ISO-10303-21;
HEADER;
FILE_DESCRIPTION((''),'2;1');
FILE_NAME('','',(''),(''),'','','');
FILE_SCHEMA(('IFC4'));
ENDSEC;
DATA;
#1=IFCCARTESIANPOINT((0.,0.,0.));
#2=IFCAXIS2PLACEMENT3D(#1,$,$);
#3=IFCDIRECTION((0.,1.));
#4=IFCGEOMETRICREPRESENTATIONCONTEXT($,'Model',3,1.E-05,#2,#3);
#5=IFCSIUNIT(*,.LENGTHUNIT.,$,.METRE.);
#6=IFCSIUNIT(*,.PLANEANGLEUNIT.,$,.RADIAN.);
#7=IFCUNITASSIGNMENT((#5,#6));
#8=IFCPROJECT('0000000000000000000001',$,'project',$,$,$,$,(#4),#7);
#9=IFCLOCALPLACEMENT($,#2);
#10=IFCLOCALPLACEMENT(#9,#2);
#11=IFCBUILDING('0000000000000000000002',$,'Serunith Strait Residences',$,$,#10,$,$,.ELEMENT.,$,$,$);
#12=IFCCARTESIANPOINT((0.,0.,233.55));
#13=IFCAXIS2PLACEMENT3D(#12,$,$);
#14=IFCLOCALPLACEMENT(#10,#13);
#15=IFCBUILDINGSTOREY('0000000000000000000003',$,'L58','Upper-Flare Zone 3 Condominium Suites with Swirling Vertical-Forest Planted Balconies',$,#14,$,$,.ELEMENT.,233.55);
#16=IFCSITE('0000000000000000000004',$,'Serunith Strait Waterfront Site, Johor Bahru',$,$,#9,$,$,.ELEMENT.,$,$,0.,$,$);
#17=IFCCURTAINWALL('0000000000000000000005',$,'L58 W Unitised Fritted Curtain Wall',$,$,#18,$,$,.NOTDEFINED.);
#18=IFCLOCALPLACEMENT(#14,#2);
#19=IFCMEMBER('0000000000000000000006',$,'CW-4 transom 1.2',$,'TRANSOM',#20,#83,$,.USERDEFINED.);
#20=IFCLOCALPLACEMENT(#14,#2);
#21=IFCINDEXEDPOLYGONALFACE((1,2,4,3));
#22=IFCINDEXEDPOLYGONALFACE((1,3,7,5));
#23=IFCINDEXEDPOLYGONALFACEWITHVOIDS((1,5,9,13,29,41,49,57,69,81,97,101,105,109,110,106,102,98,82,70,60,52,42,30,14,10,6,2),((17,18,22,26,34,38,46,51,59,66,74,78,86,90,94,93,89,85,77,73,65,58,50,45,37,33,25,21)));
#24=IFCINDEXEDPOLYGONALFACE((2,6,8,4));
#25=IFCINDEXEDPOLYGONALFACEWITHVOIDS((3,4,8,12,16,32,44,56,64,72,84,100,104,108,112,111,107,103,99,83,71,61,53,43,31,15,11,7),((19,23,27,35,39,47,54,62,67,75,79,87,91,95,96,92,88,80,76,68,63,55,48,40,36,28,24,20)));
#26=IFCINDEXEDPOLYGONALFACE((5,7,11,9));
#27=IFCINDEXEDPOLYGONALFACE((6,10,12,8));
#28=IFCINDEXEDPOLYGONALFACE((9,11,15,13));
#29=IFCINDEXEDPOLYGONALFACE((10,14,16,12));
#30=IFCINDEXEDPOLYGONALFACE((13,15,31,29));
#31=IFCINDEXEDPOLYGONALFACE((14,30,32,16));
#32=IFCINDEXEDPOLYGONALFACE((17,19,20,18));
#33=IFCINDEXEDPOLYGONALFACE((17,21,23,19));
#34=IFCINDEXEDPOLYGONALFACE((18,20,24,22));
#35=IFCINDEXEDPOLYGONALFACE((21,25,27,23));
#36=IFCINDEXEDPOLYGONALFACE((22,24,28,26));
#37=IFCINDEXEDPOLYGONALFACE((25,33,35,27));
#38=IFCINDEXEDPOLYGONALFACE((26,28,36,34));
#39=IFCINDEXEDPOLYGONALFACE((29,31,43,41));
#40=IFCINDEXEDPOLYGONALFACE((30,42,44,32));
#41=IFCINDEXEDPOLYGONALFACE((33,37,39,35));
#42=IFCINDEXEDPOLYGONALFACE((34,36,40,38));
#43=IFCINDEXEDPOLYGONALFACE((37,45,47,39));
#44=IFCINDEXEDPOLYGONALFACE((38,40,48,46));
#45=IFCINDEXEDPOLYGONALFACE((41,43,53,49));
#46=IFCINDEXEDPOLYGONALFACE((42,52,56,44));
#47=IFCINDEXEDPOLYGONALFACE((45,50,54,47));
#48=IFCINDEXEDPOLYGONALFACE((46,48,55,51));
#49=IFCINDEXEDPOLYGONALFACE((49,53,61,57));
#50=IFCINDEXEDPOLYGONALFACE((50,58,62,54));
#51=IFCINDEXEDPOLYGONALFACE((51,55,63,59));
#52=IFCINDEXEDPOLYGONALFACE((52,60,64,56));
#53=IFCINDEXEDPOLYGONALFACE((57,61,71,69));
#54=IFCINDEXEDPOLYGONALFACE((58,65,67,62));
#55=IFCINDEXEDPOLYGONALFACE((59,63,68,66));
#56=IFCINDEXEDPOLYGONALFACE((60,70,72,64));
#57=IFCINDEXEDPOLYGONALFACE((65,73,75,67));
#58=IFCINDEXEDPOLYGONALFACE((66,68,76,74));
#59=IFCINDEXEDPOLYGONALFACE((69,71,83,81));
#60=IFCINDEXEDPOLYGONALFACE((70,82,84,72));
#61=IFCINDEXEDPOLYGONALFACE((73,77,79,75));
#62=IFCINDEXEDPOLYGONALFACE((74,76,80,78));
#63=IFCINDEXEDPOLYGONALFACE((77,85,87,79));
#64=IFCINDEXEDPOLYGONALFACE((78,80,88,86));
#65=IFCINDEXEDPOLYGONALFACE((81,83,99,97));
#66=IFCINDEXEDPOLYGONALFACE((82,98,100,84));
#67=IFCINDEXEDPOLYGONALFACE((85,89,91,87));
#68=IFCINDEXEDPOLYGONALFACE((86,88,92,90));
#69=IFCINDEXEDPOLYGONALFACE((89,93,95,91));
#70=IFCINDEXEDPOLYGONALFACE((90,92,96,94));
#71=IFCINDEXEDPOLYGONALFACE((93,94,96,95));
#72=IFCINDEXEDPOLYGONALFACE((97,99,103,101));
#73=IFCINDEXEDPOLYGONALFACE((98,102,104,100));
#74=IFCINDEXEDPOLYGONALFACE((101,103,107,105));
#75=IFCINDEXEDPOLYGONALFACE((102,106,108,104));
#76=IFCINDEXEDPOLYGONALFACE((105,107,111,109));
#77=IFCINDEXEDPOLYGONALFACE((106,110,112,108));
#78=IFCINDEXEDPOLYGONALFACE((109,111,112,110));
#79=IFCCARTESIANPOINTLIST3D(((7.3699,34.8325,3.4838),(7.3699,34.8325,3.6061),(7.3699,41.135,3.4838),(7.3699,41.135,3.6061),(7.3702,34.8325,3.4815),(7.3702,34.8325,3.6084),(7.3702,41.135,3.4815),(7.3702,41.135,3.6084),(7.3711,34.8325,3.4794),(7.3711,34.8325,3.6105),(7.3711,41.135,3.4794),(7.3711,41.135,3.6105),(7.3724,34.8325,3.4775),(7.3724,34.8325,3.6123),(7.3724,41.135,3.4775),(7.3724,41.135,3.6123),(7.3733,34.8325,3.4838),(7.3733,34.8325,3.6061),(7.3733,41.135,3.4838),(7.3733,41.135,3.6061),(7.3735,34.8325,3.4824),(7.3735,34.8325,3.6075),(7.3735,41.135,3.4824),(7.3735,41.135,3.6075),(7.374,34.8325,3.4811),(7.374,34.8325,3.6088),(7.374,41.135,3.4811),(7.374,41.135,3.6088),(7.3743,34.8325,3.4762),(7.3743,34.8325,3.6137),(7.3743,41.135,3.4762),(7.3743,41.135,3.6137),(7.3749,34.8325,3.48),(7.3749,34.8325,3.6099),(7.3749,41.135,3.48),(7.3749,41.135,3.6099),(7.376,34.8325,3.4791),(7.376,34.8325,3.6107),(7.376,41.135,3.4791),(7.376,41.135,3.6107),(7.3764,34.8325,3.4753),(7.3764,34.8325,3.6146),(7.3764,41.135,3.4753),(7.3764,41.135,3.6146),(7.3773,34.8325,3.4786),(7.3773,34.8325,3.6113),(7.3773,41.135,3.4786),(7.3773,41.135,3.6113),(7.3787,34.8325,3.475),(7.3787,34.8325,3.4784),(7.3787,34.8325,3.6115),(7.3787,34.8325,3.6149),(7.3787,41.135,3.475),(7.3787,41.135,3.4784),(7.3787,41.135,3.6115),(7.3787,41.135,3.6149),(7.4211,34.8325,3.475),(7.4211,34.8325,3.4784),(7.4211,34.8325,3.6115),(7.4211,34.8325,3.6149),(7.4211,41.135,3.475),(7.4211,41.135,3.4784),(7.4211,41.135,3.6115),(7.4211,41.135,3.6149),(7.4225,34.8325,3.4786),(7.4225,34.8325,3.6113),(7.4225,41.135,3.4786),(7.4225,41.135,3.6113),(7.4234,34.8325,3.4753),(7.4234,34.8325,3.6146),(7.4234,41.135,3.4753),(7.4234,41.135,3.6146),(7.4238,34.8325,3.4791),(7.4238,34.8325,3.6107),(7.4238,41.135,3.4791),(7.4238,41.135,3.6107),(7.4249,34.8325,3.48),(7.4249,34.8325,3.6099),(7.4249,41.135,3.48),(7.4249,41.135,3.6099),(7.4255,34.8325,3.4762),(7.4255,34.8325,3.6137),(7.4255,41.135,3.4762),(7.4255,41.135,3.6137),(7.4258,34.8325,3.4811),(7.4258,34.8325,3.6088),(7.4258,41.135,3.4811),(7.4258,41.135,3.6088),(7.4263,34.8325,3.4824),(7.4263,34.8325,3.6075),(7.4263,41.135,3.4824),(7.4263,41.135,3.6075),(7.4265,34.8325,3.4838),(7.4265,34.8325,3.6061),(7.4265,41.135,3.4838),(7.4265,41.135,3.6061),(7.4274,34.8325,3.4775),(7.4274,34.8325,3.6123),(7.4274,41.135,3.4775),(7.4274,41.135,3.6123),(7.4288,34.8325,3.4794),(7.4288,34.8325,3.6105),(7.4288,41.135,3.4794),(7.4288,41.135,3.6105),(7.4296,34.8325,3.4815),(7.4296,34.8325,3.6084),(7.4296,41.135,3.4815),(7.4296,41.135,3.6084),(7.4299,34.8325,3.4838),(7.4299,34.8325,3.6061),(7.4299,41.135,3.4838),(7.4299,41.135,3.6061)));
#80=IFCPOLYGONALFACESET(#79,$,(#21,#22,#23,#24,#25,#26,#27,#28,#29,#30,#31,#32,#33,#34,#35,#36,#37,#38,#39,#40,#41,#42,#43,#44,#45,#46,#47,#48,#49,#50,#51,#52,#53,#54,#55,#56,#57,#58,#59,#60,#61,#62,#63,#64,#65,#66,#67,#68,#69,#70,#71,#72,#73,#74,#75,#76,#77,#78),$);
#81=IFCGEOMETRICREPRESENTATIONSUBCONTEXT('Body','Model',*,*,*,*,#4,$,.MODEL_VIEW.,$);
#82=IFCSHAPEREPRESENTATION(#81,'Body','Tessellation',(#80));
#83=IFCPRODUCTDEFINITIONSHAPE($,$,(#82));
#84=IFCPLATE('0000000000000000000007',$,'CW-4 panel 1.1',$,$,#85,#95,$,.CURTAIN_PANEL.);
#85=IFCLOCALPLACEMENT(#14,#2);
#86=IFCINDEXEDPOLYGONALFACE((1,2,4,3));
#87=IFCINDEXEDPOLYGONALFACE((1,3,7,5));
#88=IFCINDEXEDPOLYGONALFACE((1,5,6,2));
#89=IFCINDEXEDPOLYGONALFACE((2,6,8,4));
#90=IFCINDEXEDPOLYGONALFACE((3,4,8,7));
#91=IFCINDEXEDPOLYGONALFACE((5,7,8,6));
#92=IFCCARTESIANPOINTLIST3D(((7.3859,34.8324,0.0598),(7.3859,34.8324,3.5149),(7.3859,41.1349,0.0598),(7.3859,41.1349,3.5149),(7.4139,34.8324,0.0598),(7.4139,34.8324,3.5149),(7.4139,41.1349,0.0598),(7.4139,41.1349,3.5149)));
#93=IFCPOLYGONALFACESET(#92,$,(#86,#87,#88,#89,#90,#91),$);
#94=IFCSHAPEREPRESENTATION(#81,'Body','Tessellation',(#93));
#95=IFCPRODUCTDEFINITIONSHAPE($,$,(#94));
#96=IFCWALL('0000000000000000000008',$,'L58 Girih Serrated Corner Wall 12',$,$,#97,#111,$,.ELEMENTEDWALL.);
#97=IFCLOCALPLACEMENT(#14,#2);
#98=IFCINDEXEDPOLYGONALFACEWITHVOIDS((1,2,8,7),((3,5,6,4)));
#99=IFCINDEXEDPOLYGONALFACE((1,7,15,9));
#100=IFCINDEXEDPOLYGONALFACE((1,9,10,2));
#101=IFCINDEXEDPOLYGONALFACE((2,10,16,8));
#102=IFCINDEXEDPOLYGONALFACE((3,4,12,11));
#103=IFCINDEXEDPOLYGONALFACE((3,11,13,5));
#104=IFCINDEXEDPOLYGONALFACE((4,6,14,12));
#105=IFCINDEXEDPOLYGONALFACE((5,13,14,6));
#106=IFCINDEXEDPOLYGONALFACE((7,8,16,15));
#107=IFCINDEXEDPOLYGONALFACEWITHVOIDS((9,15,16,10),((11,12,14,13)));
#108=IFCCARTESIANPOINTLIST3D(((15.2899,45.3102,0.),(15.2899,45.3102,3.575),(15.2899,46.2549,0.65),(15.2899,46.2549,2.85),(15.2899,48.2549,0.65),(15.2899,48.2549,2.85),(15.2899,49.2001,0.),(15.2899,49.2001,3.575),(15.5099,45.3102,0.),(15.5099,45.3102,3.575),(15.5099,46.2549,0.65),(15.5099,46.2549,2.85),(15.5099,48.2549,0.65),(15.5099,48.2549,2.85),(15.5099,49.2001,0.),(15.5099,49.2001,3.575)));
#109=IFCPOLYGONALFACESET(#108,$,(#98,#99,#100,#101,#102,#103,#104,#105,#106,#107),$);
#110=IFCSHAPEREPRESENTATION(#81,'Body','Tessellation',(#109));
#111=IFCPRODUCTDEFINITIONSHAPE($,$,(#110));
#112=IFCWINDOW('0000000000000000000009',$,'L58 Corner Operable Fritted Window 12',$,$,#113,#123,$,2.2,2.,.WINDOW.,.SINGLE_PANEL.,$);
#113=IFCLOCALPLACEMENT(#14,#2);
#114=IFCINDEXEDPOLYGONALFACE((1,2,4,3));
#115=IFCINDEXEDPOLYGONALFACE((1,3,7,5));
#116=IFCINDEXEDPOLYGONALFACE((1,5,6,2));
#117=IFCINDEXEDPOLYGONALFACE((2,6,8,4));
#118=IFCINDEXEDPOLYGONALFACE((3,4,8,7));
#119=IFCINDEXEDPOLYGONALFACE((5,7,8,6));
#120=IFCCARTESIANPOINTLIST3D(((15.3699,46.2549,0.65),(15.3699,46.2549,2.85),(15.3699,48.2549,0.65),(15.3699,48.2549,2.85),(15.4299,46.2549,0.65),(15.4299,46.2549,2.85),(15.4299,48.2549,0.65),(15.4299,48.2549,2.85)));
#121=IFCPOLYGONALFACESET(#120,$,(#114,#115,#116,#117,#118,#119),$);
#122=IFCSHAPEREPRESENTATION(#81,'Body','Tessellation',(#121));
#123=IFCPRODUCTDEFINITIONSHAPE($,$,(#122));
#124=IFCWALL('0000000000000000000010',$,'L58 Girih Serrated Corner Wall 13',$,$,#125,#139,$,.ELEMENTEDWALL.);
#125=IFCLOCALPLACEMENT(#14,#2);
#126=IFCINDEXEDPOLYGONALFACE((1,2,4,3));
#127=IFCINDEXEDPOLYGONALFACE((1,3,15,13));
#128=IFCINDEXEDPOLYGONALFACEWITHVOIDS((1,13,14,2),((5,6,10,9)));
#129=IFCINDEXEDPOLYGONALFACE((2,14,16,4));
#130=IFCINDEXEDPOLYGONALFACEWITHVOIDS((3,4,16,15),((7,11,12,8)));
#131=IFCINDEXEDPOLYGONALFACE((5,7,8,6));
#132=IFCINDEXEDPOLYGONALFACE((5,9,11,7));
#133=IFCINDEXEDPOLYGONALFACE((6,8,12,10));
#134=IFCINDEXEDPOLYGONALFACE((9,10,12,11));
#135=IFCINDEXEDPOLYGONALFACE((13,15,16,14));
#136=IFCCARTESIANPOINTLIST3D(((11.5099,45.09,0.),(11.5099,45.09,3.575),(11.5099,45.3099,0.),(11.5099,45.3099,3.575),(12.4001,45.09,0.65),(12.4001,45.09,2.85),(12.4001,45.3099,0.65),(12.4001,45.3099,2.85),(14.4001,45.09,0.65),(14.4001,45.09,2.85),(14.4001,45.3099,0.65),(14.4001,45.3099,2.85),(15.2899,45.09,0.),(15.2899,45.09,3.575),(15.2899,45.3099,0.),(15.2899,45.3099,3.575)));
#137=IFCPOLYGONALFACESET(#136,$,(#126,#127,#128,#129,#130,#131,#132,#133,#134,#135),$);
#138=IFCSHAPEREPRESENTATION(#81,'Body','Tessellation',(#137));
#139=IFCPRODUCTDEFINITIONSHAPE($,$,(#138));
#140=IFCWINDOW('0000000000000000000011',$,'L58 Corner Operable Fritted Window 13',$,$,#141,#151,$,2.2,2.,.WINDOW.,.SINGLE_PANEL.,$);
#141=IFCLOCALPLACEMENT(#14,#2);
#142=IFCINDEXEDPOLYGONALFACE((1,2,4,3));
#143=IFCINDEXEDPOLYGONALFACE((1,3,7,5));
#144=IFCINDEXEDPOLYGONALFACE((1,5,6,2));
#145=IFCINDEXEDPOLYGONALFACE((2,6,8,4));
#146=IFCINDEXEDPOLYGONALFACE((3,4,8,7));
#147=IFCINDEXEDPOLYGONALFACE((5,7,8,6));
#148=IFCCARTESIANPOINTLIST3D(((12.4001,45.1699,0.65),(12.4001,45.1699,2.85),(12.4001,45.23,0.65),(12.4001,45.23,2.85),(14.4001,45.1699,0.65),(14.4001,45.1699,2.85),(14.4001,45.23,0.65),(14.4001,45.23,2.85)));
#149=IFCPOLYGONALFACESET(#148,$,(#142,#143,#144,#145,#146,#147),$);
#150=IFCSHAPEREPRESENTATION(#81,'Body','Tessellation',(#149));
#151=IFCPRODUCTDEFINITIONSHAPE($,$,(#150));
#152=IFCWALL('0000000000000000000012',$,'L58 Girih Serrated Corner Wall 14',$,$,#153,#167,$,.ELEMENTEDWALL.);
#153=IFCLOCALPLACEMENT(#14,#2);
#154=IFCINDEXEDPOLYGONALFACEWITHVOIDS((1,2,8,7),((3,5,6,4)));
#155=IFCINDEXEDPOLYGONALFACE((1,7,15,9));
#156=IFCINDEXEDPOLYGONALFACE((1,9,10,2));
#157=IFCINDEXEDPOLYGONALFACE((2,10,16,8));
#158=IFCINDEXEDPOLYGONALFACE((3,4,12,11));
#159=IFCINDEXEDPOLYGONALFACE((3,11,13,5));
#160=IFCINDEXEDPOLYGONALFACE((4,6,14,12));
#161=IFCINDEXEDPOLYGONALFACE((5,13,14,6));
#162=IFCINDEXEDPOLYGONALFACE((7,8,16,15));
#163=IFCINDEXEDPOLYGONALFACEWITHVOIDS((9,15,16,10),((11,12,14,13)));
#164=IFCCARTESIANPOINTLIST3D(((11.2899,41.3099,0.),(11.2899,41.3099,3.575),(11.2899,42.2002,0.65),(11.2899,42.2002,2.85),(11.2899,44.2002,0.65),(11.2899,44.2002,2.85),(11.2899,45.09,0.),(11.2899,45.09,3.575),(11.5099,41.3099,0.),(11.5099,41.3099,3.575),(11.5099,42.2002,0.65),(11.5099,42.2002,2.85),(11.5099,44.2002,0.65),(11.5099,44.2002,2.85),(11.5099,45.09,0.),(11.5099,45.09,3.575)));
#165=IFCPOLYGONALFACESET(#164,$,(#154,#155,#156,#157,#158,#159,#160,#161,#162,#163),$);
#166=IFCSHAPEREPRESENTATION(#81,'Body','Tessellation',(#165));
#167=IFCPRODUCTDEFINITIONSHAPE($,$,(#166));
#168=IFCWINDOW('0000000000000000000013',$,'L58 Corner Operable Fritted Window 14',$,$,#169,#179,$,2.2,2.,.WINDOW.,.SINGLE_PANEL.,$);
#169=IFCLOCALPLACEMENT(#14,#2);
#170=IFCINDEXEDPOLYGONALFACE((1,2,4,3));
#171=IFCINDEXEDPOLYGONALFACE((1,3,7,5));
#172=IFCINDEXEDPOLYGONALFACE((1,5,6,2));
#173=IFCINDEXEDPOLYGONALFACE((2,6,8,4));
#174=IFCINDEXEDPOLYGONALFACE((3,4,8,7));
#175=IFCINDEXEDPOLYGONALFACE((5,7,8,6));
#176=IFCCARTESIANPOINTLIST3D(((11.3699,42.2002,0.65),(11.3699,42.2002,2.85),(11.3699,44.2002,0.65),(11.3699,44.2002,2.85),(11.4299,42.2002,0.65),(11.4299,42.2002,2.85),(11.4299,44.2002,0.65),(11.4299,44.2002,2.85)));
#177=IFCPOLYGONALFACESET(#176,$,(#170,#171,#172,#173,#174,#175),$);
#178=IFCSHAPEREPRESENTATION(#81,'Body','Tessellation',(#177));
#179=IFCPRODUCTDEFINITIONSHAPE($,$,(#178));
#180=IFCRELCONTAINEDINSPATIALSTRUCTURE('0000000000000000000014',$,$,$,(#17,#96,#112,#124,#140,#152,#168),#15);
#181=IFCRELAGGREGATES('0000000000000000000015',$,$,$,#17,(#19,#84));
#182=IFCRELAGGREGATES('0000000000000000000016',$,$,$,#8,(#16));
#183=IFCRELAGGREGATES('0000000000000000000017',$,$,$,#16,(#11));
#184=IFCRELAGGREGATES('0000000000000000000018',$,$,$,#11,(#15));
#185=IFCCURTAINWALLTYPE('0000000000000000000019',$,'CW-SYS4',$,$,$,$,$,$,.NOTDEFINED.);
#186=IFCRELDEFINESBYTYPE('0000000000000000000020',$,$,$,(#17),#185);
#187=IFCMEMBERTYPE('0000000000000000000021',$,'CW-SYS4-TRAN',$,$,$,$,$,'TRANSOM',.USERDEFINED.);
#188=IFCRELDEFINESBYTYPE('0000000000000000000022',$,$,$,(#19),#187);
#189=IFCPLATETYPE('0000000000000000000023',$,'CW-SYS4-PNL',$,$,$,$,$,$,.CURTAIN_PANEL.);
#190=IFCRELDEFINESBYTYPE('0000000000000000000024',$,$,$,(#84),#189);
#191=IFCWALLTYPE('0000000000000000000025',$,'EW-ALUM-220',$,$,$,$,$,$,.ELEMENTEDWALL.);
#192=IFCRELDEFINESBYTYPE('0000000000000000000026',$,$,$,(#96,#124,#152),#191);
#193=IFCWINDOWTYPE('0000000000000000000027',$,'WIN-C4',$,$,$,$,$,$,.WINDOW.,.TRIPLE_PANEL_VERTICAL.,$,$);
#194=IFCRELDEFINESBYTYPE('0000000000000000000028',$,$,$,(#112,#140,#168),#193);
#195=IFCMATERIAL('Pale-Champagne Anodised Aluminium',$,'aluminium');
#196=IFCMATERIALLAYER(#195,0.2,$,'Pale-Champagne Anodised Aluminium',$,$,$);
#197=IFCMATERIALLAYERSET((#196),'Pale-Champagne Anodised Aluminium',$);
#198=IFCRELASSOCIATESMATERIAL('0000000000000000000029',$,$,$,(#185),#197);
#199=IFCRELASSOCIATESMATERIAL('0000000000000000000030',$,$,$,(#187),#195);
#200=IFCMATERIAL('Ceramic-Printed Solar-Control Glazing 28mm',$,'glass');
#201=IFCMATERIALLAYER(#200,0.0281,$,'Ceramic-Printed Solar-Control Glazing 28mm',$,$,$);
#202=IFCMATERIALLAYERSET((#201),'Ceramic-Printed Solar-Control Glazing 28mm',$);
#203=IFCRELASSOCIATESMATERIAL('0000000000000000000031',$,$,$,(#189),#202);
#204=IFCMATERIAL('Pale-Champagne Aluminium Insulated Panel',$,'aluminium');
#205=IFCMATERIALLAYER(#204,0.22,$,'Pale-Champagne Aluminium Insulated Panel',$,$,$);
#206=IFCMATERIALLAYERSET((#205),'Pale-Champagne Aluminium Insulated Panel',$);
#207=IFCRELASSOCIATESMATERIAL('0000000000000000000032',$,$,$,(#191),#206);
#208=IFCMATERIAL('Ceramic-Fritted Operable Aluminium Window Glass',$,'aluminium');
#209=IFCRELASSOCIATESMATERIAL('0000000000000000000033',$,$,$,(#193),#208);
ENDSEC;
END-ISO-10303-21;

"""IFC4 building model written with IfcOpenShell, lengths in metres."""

from ifc_helpers import new_model, si_unit, direction, frame, frame_2d, origin, origin_2d, place, context, subcontext, project, spatial, rectangle, hollow_rectangle, extrude, source, transform, mapped, material, layer, layer_set, material_profile, profile_set, type_object, element, fill, aggregate, save


model = new_model("IFC4")

# Units and contexts
model_context = context("Model", 3, precision=1e-05, world=origin(), true_north=direction((0.0, 1.0)))
body_context = subcontext(model_context, "Body", "Model", "MODEL_VIEW")
ifc_project = project(units=[si_unit("LENGTHUNIT", "METRE"), si_unit("PLANEANGLEUNIT", "RADIAN")], contexts=[model_context])

# Site, building, storey
site_placement = place(None, origin())
site = spatial("IfcSite", under=ifc_project, at=site_placement, Name="Serunith Strait Waterfront Site, Johor Bahru", CompositionType="ELEMENT", RefElevation=0.0)
building_placement = place(site_placement, origin())
building = spatial("IfcBuilding", under=site, at=building_placement, Name="Serunith Strait Residences", CompositionType="ELEMENT")
storey_placement = place(building_placement, frame((0.0, 0.0, 233.55)))
storey = spatial("IfcBuildingStorey", under=building, at=storey_placement, Name="L58", Description="Upper-Flare Zone 3 Condominium Suites with Swirling Vertical-Forest Planted Balconies", CompositionType="ELEMENT", Elevation=233.55)

# Shared definitions
ifc_material_1 = material(Name="Pale-Champagne Anodised Aluminium", Category="aluminium")
ifc_layer_1 = layer(ifc_material_1, 0.2, Name="Pale-Champagne Anodised Aluminium")
ifc_layer_set_1 = layer_set([ifc_layer_1], Name="Pale-Champagne Anodised Aluminium")
curtain_wall_type = type_object("IfcCurtainWallType", Name="CW-SYS4", PredefinedType="NOTDEFINED", material=ifc_layer_set_1)

# Curtain wall, member, plate
curtain_wall_1_placement = place(storey_placement, origin())
curtain_wall_1 = element("IfcCurtainWall", 1, at=curtain_wall_1_placement, inside=storey, type_object=curtain_wall_type, Name="L58 W Unitised Fritted Curtain Wall", PredefinedType="NOTDEFINED")
ifc_material_profile_1 = material_profile(ifc_material_1, hollow_rectangle(XDim=0.0601, YDim=0.1399, WallThickness=0.0034, InnerFilletRadius=0.0054, OuterFilletRadius=0.0088, at=origin_2d()), Name="ALU 140x60x3.5")
ifc_profile_set_1 = profile_set([ifc_material_profile_1], Name="Pale-Champagne Anodised Aluminium")
member_type_1 = type_object("IfcMemberType", Name="CW-SYS4-TRAN", ElementType="TRANSOM", PredefinedType="USERDEFINED", material=ifc_profile_set_1)
shared_shape_1 = source(origin(), body_context, "Body", "SweptSolid", [
    extrude(hollow_rectangle(XDim=0.0601, YDim=0.1399, WallThickness=0.0034, InnerFilletRadius=0.0054, OuterFilletRadius=0.0088, at=origin_2d()), origin(), (0.0, 0.0, 1.0), 6.3025),
])
member_1_placement = place(storey_placement, frame((7.3999, 41.135, 3.5449), z_axis=(0.0, -1.0, 0.0), x_axis=(1.0, 0.0, 0.0)))
member_1 = element("IfcMember", 2, at=member_1_placement, type_object=member_type_1, Name="CW-4 transom 1.2", ObjectType="TRANSOM", PredefinedType="USERDEFINED", context=body_context, shape_type="MappedRepresentation", body=[
    mapped(shared_shape_1, transform((0.0, 0.0, 0.0), scale=1.0)),
])
ifc_material_2 = material(Name="Ceramic-Printed Solar-Control Glazing 28mm", Category="glass")
ifc_layer_2 = layer(ifc_material_2, 0.0281, Name="Ceramic-Printed Solar-Control Glazing 28mm")
ifc_layer_set_2 = layer_set([ifc_layer_2], Name="Ceramic-Printed Solar-Control Glazing 28mm")
plate_type = type_object("IfcPlateType", Name="CW-SYS4-PNL", PredefinedType="CURTAIN_PANEL", material=ifc_layer_set_2)
shared_shape_2 = source(origin(), body_context, "Body", "SweptSolid", [
    extrude(rectangle(XDim=6.3025, YDim=0.0281, at=origin_2d()), origin(), (0.0, 0.0, 1.0), 3.4551),
])
plate_placement = place(storey_placement, frame((7.3999, 37.9836, 0.0598), z_axis=(0.0, 0.0, 1.0), x_axis=(0.0, -1.0, 0.0)))
plate = element("IfcPlate", 3, at=plate_placement, type_object=plate_type, Name="CW-4 panel 1.1", PredefinedType="CURTAIN_PANEL", context=body_context, shape_type="MappedRepresentation", body=[
    mapped(shared_shape_2, transform((0.0, 0.0, 0.0), scale=1.0)),
])
aggregate(curtain_wall_1, [member_1, plate])

# Walls, openings, windows
ifc_material_3 = material(Name="Pale-Champagne Aluminium Insulated Panel", Category="aluminium")
ifc_layer_3 = layer(ifc_material_3, 0.22, Name="Pale-Champagne Aluminium Insulated Panel")
ifc_layer_set_3 = layer_set([ifc_layer_3], Name="Pale-Champagne Aluminium Insulated Panel")
wall_type_1 = type_object("IfcWallType", Name="EW-ALUM-220", PredefinedType="ELEMENTEDWALL", material=ifc_layer_set_3)
wall_1_placement = place(storey_placement, frame((15.3999, 49.2, 0.0), z_axis=(0.0, 0.0, 1.0), x_axis=(0.0, -1.0, 0.0)))
wall_1 = element("IfcWall", 4, at=wall_1_placement, inside=storey, type_object=wall_type_1, Name="L58 Girih Serrated Corner Wall 12", PredefinedType="ELEMENTEDWALL", context=body_context, shape_type="SweptSolid", body=[
    extrude(rectangle(XDim=3.8899, YDim=0.22, at=frame_2d((1.9448, 0.0))), origin(), (0.0, 0.0, 1.0), 3.575),
])
opening_1_placement = place(wall_1_placement, frame((0.9451, 0.0, 0.6499)))
opening_1 = element("IfcOpeningElement", 5, at=opening_1_placement, cuts=wall_1, PredefinedType="OPENING", context=body_context, shape_type="SweptSolid", body=[
    extrude(rectangle(XDim=2.0, YDim=2.2, at=frame_2d((1.0, 1.1001))), frame((0.0, 0.1201, 0.0), z_axis=(0.0, -1.0, 0.0), x_axis=(1.0, 0.0, 0.0)), (0.0, 0.0, 1.0), 0.24),
])
ifc_material_4 = material(Name="Ceramic-Fritted Operable Aluminium Window Glass", Category="aluminium")
window_type = type_object("IfcWindowType", Name="WIN-C4", PartitioningType="TRIPLE_PANEL_VERTICAL", PredefinedType="WINDOW", material=ifc_material_4)
shared_shape_3 = source(origin(), body_context, "Body", "SweptSolid", [
    extrude(rectangle(XDim=2.0, YDim=2.2, at=frame_2d((1.0, 1.1001))), frame((0.0, 0.03, 0.0), z_axis=(0.0, -1.0, 0.0), x_axis=(1.0, 0.0, 0.0)), (0.0, 0.0, 1.0), 0.0601),
])
window_1_placement = place(opening_1_placement, origin())
window_1 = element("IfcWindow", 6, at=window_1_placement, inside=storey, type_object=window_type, Name="L58 Corner Operable Fritted Window 12", OverallHeight=2.2, OverallWidth=2.0, PartitioningType="SINGLE_PANEL", PredefinedType="WINDOW", context=body_context, shape_type="MappedRepresentation", body=[
    mapped(shared_shape_3, transform((0.0, 0.0, 0.0), scale=1.0)),
])
fill(opening_1, window_1)
wall_2_placement = place(storey_placement, frame((15.29, 45.2, 0.0), z_axis=(0.0, 0.0, 1.0), x_axis=(-1.0, 0.0, 0.0)))
wall_2 = element("IfcWall", 7, at=wall_2_placement, inside=storey, type_object=wall_type_1, Name="L58 Girih Serrated Corner Wall 13", PredefinedType="ELEMENTEDWALL", context=body_context, shape_type="SweptSolid", body=[
    extrude(rectangle(XDim=3.78, YDim=0.22, at=frame_2d((1.8901, 0.0))), origin(), (0.0, 0.0, 1.0), 3.575),
])
opening_2_placement = place(wall_2_placement, frame((0.8899, 0.0, 0.6499)))
opening_2 = element("IfcOpeningElement", 8, at=opening_2_placement, cuts=wall_2, PredefinedType="OPENING", context=body_context, shape_type="SweptSolid", body=[
    extrude(rectangle(XDim=2.0, YDim=2.2, at=frame_2d((1.0, 1.1001))), frame((0.0, 0.1201, 0.0), z_axis=(0.0, -1.0, 0.0), x_axis=(1.0, 0.0, 0.0)), (0.0, 0.0, 1.0), 0.24),
])
window_2_placement = place(opening_2_placement, origin())
window_2 = element("IfcWindow", 9, at=window_2_placement, inside=storey, type_object=window_type, Name="L58 Corner Operable Fritted Window 13", OverallHeight=2.2, OverallWidth=2.0, PartitioningType="SINGLE_PANEL", PredefinedType="WINDOW", context=body_context, shape_type="MappedRepresentation", body=[
    mapped(shared_shape_3, transform((0.0, 0.0, 0.0), scale=1.0)),
])
fill(opening_2, window_2)
wall_3_placement = place(storey_placement, frame((11.3999, 45.0901, 0.0), z_axis=(0.0, 0.0, 1.0), x_axis=(0.0, -1.0, 0.0)))
wall_3 = element("IfcWall", 10, at=wall_3_placement, inside=storey, type_object=wall_type_1, Name="L58 Girih Serrated Corner Wall 14", PredefinedType="ELEMENTEDWALL", context=body_context, shape_type="SweptSolid", body=[
    extrude(rectangle(XDim=3.78, YDim=0.22, at=frame_2d((1.8901, 0.0))), origin(), (0.0, 0.0, 1.0), 3.575),
])
opening_3_placement = place(wall_3_placement, frame((0.8899, 0.0, 0.6499)))
opening_3 = element("IfcOpeningElement", 11, at=opening_3_placement, cuts=wall_3, PredefinedType="OPENING", context=body_context, shape_type="SweptSolid", body=[
    extrude(rectangle(XDim=2.0, YDim=2.2, at=frame_2d((1.0, 1.1001))), frame((0.0, 0.1201, 0.0), z_axis=(0.0, -1.0, 0.0), x_axis=(1.0, 0.0, 0.0)), (0.0, 0.0, 1.0), 0.24),
])
window_3_placement = place(opening_3_placement, origin())
window_3 = element("IfcWindow", 12, at=window_3_placement, inside=storey, type_object=window_type, Name="L58 Corner Operable Fritted Window 14", OverallHeight=2.2, OverallWidth=2.0, PartitioningType="SINGLE_PANEL", PredefinedType="WINDOW", context=body_context, shape_type="MappedRepresentation", body=[
    mapped(shared_shape_3, transform((0.0, 0.0, 0.0), scale=1.0)),
])
fill(opening_3, window_3)

save(model, "model.ifc")
